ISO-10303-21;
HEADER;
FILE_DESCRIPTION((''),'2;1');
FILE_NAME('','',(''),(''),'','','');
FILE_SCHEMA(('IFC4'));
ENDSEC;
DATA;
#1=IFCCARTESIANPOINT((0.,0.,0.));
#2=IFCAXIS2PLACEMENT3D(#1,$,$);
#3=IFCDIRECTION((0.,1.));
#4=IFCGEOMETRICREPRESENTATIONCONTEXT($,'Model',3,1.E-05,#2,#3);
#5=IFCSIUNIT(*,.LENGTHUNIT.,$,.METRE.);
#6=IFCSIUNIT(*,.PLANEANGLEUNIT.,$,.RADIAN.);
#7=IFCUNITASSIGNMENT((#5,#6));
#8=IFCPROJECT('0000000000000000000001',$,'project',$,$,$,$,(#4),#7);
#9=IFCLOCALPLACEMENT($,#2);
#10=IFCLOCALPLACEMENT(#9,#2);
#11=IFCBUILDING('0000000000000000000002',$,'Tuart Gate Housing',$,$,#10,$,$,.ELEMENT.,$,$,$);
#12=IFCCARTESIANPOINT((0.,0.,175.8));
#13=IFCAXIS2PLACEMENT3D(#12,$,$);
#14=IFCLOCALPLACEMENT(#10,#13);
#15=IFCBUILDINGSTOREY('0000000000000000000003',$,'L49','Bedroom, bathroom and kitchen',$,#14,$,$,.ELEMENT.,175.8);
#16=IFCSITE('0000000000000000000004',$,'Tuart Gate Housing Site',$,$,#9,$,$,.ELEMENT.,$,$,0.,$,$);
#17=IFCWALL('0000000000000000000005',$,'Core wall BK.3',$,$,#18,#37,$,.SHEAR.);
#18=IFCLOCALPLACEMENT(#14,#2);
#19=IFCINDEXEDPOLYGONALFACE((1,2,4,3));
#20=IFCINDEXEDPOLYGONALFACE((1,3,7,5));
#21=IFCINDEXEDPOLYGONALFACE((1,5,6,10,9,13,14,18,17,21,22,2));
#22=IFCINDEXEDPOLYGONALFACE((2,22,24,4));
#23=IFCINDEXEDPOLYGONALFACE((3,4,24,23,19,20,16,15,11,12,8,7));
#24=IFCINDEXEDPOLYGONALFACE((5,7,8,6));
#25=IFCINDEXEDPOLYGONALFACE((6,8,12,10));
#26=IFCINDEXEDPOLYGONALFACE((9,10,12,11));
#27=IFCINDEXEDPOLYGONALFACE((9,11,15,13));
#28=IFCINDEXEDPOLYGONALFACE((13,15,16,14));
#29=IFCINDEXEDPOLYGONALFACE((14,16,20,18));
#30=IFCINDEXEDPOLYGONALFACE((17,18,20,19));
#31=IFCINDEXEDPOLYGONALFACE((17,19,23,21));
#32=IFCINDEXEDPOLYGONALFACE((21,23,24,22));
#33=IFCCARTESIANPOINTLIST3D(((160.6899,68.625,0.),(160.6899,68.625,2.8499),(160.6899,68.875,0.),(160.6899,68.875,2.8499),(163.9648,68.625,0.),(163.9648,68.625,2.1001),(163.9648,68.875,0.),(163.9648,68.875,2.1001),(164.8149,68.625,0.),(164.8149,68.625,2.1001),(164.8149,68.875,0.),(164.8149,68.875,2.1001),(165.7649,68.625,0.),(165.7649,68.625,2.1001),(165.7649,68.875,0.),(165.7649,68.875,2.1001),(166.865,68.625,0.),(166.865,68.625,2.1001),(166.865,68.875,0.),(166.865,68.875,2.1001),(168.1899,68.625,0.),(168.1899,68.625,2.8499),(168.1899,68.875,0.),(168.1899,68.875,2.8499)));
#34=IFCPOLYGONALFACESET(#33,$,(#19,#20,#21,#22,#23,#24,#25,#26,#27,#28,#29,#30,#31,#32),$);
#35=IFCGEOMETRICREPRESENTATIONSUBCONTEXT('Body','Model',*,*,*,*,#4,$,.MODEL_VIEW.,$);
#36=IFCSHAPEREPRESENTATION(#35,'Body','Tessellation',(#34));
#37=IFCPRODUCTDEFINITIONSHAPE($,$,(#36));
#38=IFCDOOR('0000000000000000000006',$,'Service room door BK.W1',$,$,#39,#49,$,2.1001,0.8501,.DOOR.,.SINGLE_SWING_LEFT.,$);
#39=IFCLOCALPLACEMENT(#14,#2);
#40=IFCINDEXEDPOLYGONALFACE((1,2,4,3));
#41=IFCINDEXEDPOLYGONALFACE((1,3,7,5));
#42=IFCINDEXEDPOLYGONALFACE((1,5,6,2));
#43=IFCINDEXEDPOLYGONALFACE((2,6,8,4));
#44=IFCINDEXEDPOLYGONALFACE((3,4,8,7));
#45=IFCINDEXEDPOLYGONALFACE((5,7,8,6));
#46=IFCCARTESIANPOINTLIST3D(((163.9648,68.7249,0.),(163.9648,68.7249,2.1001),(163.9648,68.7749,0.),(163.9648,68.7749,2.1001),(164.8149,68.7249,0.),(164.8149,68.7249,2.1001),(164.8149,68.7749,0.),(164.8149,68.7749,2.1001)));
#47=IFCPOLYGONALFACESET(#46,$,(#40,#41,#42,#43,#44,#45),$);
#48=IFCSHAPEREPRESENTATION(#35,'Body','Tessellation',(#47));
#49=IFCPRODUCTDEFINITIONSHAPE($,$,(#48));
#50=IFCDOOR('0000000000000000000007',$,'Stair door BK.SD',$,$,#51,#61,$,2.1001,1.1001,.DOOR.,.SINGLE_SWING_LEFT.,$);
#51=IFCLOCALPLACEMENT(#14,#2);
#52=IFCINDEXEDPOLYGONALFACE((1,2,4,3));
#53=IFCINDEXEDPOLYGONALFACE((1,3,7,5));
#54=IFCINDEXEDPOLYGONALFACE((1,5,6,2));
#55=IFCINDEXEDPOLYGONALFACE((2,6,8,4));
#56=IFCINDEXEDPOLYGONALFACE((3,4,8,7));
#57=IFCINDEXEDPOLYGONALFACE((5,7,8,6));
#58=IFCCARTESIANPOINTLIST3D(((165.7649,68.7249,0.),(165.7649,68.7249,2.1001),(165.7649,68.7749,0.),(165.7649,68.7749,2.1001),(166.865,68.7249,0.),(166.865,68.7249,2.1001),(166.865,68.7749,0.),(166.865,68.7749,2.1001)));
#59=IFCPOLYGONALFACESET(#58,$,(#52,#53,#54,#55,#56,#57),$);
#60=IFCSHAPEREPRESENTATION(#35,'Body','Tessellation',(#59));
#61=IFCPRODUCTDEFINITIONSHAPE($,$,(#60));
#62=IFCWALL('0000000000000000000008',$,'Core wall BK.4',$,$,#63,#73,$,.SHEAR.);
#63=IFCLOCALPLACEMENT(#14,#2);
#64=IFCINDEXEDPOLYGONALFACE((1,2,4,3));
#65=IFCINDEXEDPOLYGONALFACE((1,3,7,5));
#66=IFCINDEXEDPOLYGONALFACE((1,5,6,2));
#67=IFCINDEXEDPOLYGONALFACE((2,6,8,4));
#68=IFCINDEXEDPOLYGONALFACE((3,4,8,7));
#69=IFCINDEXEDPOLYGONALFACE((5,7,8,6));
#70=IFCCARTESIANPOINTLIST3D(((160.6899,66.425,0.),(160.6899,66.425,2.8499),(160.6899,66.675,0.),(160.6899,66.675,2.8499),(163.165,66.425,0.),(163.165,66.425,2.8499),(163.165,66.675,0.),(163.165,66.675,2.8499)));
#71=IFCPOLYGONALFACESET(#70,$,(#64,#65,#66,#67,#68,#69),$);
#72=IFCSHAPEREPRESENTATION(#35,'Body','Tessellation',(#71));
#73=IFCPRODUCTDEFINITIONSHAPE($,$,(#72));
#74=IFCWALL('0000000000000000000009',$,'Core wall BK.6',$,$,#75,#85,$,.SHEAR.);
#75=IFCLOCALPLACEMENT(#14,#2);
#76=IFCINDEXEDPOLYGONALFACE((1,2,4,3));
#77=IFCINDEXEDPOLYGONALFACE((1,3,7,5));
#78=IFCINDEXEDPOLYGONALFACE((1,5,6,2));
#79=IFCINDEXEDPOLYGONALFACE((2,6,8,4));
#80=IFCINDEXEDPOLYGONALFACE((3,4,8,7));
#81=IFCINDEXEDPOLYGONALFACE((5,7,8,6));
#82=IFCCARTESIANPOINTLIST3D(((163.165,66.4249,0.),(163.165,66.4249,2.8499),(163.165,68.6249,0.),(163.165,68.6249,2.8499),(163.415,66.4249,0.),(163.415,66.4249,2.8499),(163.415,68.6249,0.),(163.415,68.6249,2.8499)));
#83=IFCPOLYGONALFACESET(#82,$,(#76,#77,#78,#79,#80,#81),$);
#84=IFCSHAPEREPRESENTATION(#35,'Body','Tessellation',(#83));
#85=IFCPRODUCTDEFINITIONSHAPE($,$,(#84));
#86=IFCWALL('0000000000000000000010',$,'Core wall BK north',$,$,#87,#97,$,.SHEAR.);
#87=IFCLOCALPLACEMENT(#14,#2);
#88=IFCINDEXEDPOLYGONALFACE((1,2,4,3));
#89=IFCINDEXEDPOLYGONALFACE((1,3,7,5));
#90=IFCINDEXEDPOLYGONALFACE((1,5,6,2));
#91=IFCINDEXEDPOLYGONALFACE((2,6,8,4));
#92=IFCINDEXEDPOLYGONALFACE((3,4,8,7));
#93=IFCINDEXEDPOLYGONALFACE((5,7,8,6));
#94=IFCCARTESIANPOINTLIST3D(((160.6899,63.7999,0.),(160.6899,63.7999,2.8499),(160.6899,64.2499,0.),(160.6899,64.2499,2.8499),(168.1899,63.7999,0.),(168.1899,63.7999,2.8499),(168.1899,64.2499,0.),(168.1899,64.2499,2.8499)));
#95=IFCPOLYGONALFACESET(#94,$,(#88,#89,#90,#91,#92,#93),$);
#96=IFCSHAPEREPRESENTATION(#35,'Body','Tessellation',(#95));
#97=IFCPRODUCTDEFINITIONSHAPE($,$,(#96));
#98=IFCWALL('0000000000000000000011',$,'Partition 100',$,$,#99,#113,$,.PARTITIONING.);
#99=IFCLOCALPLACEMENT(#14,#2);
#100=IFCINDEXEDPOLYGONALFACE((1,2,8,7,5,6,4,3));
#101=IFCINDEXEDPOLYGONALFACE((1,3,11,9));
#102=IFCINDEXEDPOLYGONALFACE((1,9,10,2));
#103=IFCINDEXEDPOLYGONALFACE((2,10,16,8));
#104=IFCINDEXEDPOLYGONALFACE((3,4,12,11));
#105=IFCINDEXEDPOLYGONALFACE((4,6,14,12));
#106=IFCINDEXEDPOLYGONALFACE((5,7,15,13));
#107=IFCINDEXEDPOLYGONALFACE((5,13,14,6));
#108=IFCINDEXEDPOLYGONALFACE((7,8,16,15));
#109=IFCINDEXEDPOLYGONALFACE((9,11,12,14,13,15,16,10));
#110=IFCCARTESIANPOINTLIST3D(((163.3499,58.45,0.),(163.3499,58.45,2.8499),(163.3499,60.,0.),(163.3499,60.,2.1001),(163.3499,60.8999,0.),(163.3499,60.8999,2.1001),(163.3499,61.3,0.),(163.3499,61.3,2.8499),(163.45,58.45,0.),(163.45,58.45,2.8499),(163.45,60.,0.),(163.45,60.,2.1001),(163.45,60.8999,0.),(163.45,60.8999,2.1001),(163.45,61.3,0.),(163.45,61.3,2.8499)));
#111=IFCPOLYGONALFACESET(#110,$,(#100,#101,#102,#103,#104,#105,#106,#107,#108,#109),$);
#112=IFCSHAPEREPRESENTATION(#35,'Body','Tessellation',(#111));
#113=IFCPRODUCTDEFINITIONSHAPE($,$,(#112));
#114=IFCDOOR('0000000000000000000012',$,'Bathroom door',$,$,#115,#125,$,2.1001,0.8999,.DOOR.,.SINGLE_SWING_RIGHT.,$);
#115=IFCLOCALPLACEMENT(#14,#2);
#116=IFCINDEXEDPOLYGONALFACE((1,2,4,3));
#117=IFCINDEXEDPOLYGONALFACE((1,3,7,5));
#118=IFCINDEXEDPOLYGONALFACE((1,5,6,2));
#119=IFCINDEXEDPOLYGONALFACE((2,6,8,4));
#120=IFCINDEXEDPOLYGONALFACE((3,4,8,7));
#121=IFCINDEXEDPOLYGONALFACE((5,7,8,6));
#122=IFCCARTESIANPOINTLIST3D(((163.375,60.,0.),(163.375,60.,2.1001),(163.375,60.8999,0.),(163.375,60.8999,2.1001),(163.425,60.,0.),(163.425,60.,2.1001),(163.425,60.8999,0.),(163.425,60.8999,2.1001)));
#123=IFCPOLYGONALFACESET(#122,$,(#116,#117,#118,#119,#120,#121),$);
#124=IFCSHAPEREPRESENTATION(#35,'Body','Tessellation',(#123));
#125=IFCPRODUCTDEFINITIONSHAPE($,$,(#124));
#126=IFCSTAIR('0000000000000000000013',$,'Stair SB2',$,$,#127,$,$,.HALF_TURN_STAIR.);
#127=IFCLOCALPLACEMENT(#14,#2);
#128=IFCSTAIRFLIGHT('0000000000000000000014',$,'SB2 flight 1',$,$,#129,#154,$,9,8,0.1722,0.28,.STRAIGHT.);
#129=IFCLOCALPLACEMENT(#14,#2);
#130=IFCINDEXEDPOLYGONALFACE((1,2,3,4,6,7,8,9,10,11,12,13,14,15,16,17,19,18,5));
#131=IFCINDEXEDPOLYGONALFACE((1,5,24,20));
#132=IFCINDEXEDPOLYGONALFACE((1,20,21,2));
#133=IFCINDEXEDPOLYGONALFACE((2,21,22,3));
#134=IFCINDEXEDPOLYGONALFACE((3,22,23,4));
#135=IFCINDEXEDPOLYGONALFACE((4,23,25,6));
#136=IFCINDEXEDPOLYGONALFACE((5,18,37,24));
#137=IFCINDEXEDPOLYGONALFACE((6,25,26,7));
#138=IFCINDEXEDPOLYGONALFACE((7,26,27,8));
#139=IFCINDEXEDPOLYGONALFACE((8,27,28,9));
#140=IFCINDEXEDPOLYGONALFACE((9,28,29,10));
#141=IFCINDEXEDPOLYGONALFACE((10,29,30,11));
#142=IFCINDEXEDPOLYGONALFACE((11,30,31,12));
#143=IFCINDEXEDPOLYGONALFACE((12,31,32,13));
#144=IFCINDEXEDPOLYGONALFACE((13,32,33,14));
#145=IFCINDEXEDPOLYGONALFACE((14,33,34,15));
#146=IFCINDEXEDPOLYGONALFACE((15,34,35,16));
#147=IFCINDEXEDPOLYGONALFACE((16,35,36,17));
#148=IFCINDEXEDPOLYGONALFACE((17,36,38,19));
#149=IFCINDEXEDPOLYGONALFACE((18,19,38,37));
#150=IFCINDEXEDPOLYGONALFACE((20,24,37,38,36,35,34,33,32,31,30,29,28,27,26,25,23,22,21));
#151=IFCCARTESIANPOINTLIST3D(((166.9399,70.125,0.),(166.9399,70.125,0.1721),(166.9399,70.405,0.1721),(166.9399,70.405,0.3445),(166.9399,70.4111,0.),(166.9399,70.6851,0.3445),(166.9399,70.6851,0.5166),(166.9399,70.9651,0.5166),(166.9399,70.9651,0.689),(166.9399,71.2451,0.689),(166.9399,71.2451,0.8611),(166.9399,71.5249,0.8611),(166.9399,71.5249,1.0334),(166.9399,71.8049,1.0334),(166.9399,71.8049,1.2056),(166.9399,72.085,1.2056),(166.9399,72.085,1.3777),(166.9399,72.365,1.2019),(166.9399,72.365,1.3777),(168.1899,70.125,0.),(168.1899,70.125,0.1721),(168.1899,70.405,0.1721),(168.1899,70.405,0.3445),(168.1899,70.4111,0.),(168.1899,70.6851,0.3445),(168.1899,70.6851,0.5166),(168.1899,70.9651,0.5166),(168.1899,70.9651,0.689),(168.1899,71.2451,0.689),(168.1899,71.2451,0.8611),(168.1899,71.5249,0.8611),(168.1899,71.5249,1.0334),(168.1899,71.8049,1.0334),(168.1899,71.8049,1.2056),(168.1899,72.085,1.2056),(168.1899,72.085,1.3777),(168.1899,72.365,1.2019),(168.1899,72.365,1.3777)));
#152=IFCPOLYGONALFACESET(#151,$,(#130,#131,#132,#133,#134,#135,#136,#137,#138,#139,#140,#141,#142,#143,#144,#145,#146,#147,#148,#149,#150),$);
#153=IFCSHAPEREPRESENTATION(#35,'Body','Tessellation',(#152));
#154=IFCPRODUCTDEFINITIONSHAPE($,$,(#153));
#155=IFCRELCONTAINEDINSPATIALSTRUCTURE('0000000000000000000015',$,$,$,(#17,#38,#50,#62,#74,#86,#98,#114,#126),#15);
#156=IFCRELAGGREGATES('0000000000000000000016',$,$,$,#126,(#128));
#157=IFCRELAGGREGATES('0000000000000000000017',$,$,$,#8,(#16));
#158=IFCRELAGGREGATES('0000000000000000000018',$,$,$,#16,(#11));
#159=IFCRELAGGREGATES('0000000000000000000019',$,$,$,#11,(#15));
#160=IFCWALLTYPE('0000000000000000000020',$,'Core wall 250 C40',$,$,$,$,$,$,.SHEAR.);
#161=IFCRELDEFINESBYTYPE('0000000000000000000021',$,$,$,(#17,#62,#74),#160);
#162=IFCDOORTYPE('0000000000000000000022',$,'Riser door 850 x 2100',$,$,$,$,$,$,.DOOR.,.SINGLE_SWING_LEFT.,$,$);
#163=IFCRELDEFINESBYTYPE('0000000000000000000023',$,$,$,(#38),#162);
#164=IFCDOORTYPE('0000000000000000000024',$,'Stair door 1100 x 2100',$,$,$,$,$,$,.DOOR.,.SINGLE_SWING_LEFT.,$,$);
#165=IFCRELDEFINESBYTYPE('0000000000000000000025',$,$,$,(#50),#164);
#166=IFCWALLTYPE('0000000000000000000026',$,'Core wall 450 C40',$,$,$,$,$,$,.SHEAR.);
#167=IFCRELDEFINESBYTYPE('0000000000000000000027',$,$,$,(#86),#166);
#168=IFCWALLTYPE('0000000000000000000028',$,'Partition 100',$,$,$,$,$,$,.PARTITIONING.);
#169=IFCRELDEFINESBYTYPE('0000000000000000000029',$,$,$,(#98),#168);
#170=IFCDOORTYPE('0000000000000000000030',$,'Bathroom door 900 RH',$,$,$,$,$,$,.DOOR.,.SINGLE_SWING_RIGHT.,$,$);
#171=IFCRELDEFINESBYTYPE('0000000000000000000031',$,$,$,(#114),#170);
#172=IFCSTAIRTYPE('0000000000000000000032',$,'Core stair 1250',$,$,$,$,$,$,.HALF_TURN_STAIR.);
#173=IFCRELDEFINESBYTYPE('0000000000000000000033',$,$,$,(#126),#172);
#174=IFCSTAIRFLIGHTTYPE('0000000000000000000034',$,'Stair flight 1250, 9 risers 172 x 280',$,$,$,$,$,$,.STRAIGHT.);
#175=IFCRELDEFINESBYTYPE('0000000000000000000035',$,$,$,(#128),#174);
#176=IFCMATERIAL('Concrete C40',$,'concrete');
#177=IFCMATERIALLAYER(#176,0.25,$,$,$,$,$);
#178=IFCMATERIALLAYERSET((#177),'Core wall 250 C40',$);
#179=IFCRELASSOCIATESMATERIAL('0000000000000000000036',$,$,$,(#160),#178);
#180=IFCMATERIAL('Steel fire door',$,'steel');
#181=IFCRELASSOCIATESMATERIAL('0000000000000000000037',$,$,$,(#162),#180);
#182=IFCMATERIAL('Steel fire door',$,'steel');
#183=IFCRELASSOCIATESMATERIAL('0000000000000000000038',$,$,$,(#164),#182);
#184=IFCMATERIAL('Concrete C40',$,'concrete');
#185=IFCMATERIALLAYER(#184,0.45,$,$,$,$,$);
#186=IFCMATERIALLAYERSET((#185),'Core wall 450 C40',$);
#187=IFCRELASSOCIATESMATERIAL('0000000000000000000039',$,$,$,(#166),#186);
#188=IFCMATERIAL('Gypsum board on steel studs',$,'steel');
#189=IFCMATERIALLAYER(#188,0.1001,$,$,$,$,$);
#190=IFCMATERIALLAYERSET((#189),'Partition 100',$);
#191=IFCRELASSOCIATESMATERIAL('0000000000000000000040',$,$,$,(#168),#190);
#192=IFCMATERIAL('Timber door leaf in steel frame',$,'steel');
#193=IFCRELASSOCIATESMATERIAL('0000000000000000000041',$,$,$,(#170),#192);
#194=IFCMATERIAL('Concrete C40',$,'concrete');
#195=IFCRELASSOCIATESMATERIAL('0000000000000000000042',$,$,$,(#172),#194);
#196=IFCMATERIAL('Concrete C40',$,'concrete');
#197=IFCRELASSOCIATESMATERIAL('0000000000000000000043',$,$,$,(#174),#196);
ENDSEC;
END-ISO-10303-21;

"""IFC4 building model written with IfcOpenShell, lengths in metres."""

from ifc_helpers import new_model, si_unit, direction, frame, frame_2d, origin, place, context, subcontext, project, spatial, polyline, rectangle, outline, extrude, material, layer, layer_set, type_object, element, fill, aggregate, save


model = new_model("IFC4")

# Units and contexts
model_context = context("Model", 3, precision=1e-05, world=origin(), true_north=direction((0.0, 1.0)))
body_context = subcontext(model_context, "Body", "Model", "MODEL_VIEW")
ifc_project = project(units=[si_unit("LENGTHUNIT", "METRE"), si_unit("PLANEANGLEUNIT", "RADIAN")], contexts=[model_context])

# Site, building, storey
site_placement = place(None, origin())
site = spatial("IfcSite", under=ifc_project, at=site_placement, Name="Tuart Gate Housing Site", CompositionType="ELEMENT", RefElevation=0.0)
building_placement = place(site_placement, origin())
building = spatial("IfcBuilding", under=site, at=building_placement, Name="Tuart Gate Housing", CompositionType="ELEMENT")
storey_placement = place(building_placement, frame((0.0, 0.0, 175.8)))
storey = spatial("IfcBuildingStorey", under=building, at=storey_placement, Name="L49", Description="Bedroom, bathroom and kitchen", CompositionType="ELEMENT", Elevation=175.8)

# Wall, openings, doors
ifc_material_1 = material(Name="Concrete C40", Category="concrete")
ifc_layer_1 = layer(ifc_material_1, 0.25)
ifc_layer_set_1 = layer_set([ifc_layer_1], Name="Core wall 250 C40")
wall_type_1 = type_object("IfcWallType", Name="Core wall 250 C40", PredefinedType="SHEAR", material=ifc_layer_set_1)
wall_1_placement = place(storey_placement, frame((160.6899, 68.75, 0.0), z_axis=(0.0, 0.0, 1.0), x_axis=(1.0, 0.0, 0.0)))
wall_1 = element("IfcWall", 1, at=wall_1_placement, inside=storey, type_object=wall_type_1, Name="Core wall BK.3", PredefinedType="SHEAR", context=body_context, shape_type="SweptSolid", body=[
    extrude(rectangle(XDim=7.5, YDim=0.25, at=frame_2d((3.75, 0.0))), origin(), (0.0, 0.0, 1.0), 2.8499),
])
opening_1_placement = place(wall_1_placement, frame((5.075, 0.0, 0.0)))
opening_1 = element("IfcOpeningElement", 2, at=opening_1_placement, cuts=wall_1, PredefinedType="OPENING", context=body_context, shape_type="SweptSolid", body=[
    extrude(rectangle(XDim=1.1001, YDim=2.1001, at=frame_2d((0.55, 1.05))), frame((0.0, 0.135, 0.0), z_axis=(0.0, -1.0, 0.0), x_axis=(1.0, 0.0, 0.0)), (0.0, 0.0, 1.0), 0.27),
])
opening_2_placement = place(wall_1_placement, frame((3.2749, 0.0, 0.0)))
opening_2 = element("IfcOpeningElement", 3, at=opening_2_placement, cuts=wall_1, PredefinedType="OPENING", context=body_context, shape_type="SweptSolid", body=[
    extrude(rectangle(XDim=0.8501, YDim=2.1001, at=frame_2d((0.425, 1.05))), frame((0.0, 0.135, 0.0), z_axis=(0.0, -1.0, 0.0), x_axis=(1.0, 0.0, 0.0)), (0.0, 0.0, 1.0), 0.27),
])
ifc_material_2 = material(Name="Steel fire door", Category="steel")
door_type_1 = type_object("IfcDoorType", Name="Riser door 850 x 2100", OperationType="SINGLE_SWING_LEFT", PredefinedType="DOOR", material=ifc_material_2)
door_1_placement = place(opening_2_placement, origin())
door_1 = element("IfcDoor", 4, at=door_1_placement, inside=storey, type_object=door_type_1, Name="Service room door BK.W1", OperationType="SINGLE_SWING_LEFT", OverallHeight=2.1001, OverallWidth=0.8501, PredefinedType="DOOR", context=body_context, shape_type="SweptSolid", body=[
    extrude(rectangle(XDim=0.8501, YDim=2.1001, at=frame_2d((0.425, 1.05))), frame((0.0, 0.0249, 0.0), z_axis=(0.0, -1.0, 0.0), x_axis=(1.0, 0.0, 0.0)), (0.0, 0.0, 1.0), 0.05),
])
fill(opening_2, door_1)
ifc_material_3 = material(Name="Steel fire door", Category="steel")
door_type_2 = type_object("IfcDoorType", Name="Stair door 1100 x 2100", OperationType="SINGLE_SWING_LEFT", PredefinedType="DOOR", material=ifc_material_3)
door_2_placement = place(opening_1_placement, origin())
door_2 = element("IfcDoor", 5, at=door_2_placement, inside=storey, type_object=door_type_2, Name="Stair door BK.SD", OperationType="SINGLE_SWING_LEFT", OverallHeight=2.1001, OverallWidth=1.1001, PredefinedType="DOOR", context=body_context, shape_type="SweptSolid", body=[
    extrude(rectangle(XDim=1.1001, YDim=2.1001, at=frame_2d((0.55, 1.05))), frame((0.0, 0.0249, 0.0), z_axis=(0.0, -1.0, 0.0), x_axis=(1.0, 0.0, 0.0)), (0.0, 0.0, 1.0), 0.05),
])
fill(opening_1, door_2)

# Walls
wall_2_placement = place(storey_placement, frame((160.6899, 66.55, 0.0), z_axis=(0.0, 0.0, 1.0), x_axis=(1.0, 0.0, 0.0)))
element("IfcWall", 6, at=wall_2_placement, inside=storey, type_object=wall_type_1, Name="Core wall BK.4", PredefinedType="SHEAR", context=body_context, shape_type="SweptSolid", body=[
    extrude(rectangle(XDim=2.4751, YDim=0.25, at=frame_2d((1.2375, 0.0))), origin(), (0.0, 0.0, 1.0), 2.8499),
])
wall_3_placement = place(storey_placement, frame((163.29, 68.625, 0.0), z_axis=(0.0, 0.0, 1.0), x_axis=(0.0, -1.0, 0.0)))
element("IfcWall", 7, at=wall_3_placement, inside=storey, type_object=wall_type_1, Name="Core wall BK.6", PredefinedType="SHEAR", context=body_context, shape_type="SweptSolid", body=[
    extrude(rectangle(XDim=2.2, YDim=0.25, at=frame_2d((1.1001, 0.0))), origin(), (0.0, 0.0, 1.0), 2.8499),
])
ifc_material_4 = material(Name="Concrete C40", Category="concrete")
ifc_layer_2 = layer(ifc_material_4, 0.45)
ifc_layer_set_2 = layer_set([ifc_layer_2], Name="Core wall 450 C40")
wall_type_2 = type_object("IfcWallType", Name="Core wall 450 C40", PredefinedType="SHEAR", material=ifc_layer_set_2)
wall_4_placement = place(storey_placement, frame((160.6899, 64.0249, 0.0), z_axis=(0.0, 0.0, 1.0), x_axis=(1.0, 0.0, 0.0)))
element("IfcWall", 8, at=wall_4_placement, inside=storey, type_object=wall_type_2, Name="Core wall BK north", PredefinedType="SHEAR", context=body_context, shape_type="SweptSolid", body=[
    extrude(rectangle(XDim=7.5, YDim=0.45, at=frame_2d((3.75, 0.0))), origin(), (0.0, 0.0, 1.0), 2.8499),
])

# Wall, opening, door
ifc_material_5 = material(Name="Gypsum board on steel studs", Category="steel")
ifc_layer_3 = layer(ifc_material_5, 0.1001)
ifc_layer_set_3 = layer_set([ifc_layer_3], Name="Partition 100")
wall_type_3 = type_object("IfcWallType", Name="Partition 100", PredefinedType="PARTITIONING", material=ifc_layer_set_3)
wall_5_placement = place(storey_placement, frame((163.3999, 58.45, 0.0), z_axis=(0.0, 0.0, 1.0), x_axis=(0.0, 1.0, 0.0)))
wall_5 = element("IfcWall", 9, at=wall_5_placement, inside=storey, type_object=wall_type_3, Name="Partition 100", PredefinedType="PARTITIONING", context=body_context, shape_type="SweptSolid", body=[
    extrude(rectangle(XDim=2.8501, YDim=0.1001, at=frame_2d((1.425, 0.0))), origin(), (0.0, 0.0, 1.0), 2.8499),
])
opening_3_placement = place(wall_5_placement, frame((1.55, 0.0, 0.0)))
opening_3 = element("IfcOpeningElement", 10, at=opening_3_placement, cuts=wall_5, PredefinedType="OPENING", context=body_context, shape_type="SweptSolid", body=[
    extrude(rectangle(XDim=0.8999, YDim=2.1001, at=frame_2d((0.45, 1.05))), frame((0.0, 0.0601, 0.0), z_axis=(0.0, -1.0, 0.0), x_axis=(1.0, 0.0, 0.0)), (0.0, 0.0, 1.0), 0.1201),
])
ifc_material_6 = material(Name="Timber door leaf in steel frame", Category="steel")
door_type_3 = type_object("IfcDoorType", Name="Bathroom door 900 RH", OperationType="SINGLE_SWING_RIGHT", PredefinedType="DOOR", material=ifc_material_6)
door_3_placement = place(opening_3_placement, origin())
door_3 = element("IfcDoor", 11, at=door_3_placement, inside=storey, type_object=door_type_3, Name="Bathroom door", OperationType="SINGLE_SWING_RIGHT", OverallHeight=2.1001, OverallWidth=0.8999, PredefinedType="DOOR", context=body_context, shape_type="SweptSolid", body=[
    extrude(rectangle(XDim=0.8999, YDim=2.1001, at=frame_2d((0.45, 1.05))), frame((0.0, 0.0249, 0.0), z_axis=(0.0, -1.0, 0.0), x_axis=(1.0, 0.0, 0.0)), (0.0, 0.0, 1.0), 0.05),
])
fill(opening_3, door_3)

# Stair, stair flight
ifc_material_7 = material(Name="Concrete C40", Category="concrete")
stair_type = type_object("IfcStairType", Name="Core stair 1250", PredefinedType="HALF_TURN_STAIR", material=ifc_material_7)
stair_placement = place(storey_placement, origin())
stair = element("IfcStair", 12, at=stair_placement, inside=storey, type_object=stair_type, Name="Stair SB2", PredefinedType="HALF_TURN_STAIR")
ifc_material_8 = material(Name="Concrete C40", Category="concrete")
stair_flight_type = type_object("IfcStairFlightType", Name="Stair flight 1250, 9 risers 172 x 280", PredefinedType="STRAIGHT", material=ifc_material_8)
stair_flight_placement = place(storey_placement, frame((167.5649, 70.125, 0.0), z_axis=(0.0, 0.0, 1.0), x_axis=(0.0, 1.0, 0.0)))
stair_flight = element("IfcStairFlight", 13, at=stair_flight_placement, type_object=stair_flight_type, Name="SB2 flight 1", NumberOfRisers=9, NumberOfTreads=8, PredefinedType="STRAIGHT", RiserHeight=0.1722, TreadLength=0.28, context=body_context, shape_type="SweptSolid", body=[
    extrude(outline(polyline([(0.0, 0.0), (0.0, 0.1721), (0.28, 0.1721), (0.28, 0.3445), (0.5601, 0.3445), (0.5601, 0.5166), (0.8401, 0.5166), (0.8401, 0.689), (1.1201, 0.689), (1.1201, 0.8611), (1.3999, 0.8611), (1.3999, 1.0334), (1.6799, 1.0334), (1.6799, 1.2056), (1.96, 1.2056), (1.96, 1.3777), (2.24, 1.3777), (2.24, 1.55), (2.24, 1.2019), (0.2861, 0.0), (0.0, 0.0)])), frame((0.0, 0.625, 0.0), z_axis=(0.0, -1.0, 0.0), x_axis=(1.0, 0.0, 0.0)), (0.0, 0.0, 1.0), 1.25),
])
aggregate(stair, [stair_flight])

save(model, "model.ifc")
